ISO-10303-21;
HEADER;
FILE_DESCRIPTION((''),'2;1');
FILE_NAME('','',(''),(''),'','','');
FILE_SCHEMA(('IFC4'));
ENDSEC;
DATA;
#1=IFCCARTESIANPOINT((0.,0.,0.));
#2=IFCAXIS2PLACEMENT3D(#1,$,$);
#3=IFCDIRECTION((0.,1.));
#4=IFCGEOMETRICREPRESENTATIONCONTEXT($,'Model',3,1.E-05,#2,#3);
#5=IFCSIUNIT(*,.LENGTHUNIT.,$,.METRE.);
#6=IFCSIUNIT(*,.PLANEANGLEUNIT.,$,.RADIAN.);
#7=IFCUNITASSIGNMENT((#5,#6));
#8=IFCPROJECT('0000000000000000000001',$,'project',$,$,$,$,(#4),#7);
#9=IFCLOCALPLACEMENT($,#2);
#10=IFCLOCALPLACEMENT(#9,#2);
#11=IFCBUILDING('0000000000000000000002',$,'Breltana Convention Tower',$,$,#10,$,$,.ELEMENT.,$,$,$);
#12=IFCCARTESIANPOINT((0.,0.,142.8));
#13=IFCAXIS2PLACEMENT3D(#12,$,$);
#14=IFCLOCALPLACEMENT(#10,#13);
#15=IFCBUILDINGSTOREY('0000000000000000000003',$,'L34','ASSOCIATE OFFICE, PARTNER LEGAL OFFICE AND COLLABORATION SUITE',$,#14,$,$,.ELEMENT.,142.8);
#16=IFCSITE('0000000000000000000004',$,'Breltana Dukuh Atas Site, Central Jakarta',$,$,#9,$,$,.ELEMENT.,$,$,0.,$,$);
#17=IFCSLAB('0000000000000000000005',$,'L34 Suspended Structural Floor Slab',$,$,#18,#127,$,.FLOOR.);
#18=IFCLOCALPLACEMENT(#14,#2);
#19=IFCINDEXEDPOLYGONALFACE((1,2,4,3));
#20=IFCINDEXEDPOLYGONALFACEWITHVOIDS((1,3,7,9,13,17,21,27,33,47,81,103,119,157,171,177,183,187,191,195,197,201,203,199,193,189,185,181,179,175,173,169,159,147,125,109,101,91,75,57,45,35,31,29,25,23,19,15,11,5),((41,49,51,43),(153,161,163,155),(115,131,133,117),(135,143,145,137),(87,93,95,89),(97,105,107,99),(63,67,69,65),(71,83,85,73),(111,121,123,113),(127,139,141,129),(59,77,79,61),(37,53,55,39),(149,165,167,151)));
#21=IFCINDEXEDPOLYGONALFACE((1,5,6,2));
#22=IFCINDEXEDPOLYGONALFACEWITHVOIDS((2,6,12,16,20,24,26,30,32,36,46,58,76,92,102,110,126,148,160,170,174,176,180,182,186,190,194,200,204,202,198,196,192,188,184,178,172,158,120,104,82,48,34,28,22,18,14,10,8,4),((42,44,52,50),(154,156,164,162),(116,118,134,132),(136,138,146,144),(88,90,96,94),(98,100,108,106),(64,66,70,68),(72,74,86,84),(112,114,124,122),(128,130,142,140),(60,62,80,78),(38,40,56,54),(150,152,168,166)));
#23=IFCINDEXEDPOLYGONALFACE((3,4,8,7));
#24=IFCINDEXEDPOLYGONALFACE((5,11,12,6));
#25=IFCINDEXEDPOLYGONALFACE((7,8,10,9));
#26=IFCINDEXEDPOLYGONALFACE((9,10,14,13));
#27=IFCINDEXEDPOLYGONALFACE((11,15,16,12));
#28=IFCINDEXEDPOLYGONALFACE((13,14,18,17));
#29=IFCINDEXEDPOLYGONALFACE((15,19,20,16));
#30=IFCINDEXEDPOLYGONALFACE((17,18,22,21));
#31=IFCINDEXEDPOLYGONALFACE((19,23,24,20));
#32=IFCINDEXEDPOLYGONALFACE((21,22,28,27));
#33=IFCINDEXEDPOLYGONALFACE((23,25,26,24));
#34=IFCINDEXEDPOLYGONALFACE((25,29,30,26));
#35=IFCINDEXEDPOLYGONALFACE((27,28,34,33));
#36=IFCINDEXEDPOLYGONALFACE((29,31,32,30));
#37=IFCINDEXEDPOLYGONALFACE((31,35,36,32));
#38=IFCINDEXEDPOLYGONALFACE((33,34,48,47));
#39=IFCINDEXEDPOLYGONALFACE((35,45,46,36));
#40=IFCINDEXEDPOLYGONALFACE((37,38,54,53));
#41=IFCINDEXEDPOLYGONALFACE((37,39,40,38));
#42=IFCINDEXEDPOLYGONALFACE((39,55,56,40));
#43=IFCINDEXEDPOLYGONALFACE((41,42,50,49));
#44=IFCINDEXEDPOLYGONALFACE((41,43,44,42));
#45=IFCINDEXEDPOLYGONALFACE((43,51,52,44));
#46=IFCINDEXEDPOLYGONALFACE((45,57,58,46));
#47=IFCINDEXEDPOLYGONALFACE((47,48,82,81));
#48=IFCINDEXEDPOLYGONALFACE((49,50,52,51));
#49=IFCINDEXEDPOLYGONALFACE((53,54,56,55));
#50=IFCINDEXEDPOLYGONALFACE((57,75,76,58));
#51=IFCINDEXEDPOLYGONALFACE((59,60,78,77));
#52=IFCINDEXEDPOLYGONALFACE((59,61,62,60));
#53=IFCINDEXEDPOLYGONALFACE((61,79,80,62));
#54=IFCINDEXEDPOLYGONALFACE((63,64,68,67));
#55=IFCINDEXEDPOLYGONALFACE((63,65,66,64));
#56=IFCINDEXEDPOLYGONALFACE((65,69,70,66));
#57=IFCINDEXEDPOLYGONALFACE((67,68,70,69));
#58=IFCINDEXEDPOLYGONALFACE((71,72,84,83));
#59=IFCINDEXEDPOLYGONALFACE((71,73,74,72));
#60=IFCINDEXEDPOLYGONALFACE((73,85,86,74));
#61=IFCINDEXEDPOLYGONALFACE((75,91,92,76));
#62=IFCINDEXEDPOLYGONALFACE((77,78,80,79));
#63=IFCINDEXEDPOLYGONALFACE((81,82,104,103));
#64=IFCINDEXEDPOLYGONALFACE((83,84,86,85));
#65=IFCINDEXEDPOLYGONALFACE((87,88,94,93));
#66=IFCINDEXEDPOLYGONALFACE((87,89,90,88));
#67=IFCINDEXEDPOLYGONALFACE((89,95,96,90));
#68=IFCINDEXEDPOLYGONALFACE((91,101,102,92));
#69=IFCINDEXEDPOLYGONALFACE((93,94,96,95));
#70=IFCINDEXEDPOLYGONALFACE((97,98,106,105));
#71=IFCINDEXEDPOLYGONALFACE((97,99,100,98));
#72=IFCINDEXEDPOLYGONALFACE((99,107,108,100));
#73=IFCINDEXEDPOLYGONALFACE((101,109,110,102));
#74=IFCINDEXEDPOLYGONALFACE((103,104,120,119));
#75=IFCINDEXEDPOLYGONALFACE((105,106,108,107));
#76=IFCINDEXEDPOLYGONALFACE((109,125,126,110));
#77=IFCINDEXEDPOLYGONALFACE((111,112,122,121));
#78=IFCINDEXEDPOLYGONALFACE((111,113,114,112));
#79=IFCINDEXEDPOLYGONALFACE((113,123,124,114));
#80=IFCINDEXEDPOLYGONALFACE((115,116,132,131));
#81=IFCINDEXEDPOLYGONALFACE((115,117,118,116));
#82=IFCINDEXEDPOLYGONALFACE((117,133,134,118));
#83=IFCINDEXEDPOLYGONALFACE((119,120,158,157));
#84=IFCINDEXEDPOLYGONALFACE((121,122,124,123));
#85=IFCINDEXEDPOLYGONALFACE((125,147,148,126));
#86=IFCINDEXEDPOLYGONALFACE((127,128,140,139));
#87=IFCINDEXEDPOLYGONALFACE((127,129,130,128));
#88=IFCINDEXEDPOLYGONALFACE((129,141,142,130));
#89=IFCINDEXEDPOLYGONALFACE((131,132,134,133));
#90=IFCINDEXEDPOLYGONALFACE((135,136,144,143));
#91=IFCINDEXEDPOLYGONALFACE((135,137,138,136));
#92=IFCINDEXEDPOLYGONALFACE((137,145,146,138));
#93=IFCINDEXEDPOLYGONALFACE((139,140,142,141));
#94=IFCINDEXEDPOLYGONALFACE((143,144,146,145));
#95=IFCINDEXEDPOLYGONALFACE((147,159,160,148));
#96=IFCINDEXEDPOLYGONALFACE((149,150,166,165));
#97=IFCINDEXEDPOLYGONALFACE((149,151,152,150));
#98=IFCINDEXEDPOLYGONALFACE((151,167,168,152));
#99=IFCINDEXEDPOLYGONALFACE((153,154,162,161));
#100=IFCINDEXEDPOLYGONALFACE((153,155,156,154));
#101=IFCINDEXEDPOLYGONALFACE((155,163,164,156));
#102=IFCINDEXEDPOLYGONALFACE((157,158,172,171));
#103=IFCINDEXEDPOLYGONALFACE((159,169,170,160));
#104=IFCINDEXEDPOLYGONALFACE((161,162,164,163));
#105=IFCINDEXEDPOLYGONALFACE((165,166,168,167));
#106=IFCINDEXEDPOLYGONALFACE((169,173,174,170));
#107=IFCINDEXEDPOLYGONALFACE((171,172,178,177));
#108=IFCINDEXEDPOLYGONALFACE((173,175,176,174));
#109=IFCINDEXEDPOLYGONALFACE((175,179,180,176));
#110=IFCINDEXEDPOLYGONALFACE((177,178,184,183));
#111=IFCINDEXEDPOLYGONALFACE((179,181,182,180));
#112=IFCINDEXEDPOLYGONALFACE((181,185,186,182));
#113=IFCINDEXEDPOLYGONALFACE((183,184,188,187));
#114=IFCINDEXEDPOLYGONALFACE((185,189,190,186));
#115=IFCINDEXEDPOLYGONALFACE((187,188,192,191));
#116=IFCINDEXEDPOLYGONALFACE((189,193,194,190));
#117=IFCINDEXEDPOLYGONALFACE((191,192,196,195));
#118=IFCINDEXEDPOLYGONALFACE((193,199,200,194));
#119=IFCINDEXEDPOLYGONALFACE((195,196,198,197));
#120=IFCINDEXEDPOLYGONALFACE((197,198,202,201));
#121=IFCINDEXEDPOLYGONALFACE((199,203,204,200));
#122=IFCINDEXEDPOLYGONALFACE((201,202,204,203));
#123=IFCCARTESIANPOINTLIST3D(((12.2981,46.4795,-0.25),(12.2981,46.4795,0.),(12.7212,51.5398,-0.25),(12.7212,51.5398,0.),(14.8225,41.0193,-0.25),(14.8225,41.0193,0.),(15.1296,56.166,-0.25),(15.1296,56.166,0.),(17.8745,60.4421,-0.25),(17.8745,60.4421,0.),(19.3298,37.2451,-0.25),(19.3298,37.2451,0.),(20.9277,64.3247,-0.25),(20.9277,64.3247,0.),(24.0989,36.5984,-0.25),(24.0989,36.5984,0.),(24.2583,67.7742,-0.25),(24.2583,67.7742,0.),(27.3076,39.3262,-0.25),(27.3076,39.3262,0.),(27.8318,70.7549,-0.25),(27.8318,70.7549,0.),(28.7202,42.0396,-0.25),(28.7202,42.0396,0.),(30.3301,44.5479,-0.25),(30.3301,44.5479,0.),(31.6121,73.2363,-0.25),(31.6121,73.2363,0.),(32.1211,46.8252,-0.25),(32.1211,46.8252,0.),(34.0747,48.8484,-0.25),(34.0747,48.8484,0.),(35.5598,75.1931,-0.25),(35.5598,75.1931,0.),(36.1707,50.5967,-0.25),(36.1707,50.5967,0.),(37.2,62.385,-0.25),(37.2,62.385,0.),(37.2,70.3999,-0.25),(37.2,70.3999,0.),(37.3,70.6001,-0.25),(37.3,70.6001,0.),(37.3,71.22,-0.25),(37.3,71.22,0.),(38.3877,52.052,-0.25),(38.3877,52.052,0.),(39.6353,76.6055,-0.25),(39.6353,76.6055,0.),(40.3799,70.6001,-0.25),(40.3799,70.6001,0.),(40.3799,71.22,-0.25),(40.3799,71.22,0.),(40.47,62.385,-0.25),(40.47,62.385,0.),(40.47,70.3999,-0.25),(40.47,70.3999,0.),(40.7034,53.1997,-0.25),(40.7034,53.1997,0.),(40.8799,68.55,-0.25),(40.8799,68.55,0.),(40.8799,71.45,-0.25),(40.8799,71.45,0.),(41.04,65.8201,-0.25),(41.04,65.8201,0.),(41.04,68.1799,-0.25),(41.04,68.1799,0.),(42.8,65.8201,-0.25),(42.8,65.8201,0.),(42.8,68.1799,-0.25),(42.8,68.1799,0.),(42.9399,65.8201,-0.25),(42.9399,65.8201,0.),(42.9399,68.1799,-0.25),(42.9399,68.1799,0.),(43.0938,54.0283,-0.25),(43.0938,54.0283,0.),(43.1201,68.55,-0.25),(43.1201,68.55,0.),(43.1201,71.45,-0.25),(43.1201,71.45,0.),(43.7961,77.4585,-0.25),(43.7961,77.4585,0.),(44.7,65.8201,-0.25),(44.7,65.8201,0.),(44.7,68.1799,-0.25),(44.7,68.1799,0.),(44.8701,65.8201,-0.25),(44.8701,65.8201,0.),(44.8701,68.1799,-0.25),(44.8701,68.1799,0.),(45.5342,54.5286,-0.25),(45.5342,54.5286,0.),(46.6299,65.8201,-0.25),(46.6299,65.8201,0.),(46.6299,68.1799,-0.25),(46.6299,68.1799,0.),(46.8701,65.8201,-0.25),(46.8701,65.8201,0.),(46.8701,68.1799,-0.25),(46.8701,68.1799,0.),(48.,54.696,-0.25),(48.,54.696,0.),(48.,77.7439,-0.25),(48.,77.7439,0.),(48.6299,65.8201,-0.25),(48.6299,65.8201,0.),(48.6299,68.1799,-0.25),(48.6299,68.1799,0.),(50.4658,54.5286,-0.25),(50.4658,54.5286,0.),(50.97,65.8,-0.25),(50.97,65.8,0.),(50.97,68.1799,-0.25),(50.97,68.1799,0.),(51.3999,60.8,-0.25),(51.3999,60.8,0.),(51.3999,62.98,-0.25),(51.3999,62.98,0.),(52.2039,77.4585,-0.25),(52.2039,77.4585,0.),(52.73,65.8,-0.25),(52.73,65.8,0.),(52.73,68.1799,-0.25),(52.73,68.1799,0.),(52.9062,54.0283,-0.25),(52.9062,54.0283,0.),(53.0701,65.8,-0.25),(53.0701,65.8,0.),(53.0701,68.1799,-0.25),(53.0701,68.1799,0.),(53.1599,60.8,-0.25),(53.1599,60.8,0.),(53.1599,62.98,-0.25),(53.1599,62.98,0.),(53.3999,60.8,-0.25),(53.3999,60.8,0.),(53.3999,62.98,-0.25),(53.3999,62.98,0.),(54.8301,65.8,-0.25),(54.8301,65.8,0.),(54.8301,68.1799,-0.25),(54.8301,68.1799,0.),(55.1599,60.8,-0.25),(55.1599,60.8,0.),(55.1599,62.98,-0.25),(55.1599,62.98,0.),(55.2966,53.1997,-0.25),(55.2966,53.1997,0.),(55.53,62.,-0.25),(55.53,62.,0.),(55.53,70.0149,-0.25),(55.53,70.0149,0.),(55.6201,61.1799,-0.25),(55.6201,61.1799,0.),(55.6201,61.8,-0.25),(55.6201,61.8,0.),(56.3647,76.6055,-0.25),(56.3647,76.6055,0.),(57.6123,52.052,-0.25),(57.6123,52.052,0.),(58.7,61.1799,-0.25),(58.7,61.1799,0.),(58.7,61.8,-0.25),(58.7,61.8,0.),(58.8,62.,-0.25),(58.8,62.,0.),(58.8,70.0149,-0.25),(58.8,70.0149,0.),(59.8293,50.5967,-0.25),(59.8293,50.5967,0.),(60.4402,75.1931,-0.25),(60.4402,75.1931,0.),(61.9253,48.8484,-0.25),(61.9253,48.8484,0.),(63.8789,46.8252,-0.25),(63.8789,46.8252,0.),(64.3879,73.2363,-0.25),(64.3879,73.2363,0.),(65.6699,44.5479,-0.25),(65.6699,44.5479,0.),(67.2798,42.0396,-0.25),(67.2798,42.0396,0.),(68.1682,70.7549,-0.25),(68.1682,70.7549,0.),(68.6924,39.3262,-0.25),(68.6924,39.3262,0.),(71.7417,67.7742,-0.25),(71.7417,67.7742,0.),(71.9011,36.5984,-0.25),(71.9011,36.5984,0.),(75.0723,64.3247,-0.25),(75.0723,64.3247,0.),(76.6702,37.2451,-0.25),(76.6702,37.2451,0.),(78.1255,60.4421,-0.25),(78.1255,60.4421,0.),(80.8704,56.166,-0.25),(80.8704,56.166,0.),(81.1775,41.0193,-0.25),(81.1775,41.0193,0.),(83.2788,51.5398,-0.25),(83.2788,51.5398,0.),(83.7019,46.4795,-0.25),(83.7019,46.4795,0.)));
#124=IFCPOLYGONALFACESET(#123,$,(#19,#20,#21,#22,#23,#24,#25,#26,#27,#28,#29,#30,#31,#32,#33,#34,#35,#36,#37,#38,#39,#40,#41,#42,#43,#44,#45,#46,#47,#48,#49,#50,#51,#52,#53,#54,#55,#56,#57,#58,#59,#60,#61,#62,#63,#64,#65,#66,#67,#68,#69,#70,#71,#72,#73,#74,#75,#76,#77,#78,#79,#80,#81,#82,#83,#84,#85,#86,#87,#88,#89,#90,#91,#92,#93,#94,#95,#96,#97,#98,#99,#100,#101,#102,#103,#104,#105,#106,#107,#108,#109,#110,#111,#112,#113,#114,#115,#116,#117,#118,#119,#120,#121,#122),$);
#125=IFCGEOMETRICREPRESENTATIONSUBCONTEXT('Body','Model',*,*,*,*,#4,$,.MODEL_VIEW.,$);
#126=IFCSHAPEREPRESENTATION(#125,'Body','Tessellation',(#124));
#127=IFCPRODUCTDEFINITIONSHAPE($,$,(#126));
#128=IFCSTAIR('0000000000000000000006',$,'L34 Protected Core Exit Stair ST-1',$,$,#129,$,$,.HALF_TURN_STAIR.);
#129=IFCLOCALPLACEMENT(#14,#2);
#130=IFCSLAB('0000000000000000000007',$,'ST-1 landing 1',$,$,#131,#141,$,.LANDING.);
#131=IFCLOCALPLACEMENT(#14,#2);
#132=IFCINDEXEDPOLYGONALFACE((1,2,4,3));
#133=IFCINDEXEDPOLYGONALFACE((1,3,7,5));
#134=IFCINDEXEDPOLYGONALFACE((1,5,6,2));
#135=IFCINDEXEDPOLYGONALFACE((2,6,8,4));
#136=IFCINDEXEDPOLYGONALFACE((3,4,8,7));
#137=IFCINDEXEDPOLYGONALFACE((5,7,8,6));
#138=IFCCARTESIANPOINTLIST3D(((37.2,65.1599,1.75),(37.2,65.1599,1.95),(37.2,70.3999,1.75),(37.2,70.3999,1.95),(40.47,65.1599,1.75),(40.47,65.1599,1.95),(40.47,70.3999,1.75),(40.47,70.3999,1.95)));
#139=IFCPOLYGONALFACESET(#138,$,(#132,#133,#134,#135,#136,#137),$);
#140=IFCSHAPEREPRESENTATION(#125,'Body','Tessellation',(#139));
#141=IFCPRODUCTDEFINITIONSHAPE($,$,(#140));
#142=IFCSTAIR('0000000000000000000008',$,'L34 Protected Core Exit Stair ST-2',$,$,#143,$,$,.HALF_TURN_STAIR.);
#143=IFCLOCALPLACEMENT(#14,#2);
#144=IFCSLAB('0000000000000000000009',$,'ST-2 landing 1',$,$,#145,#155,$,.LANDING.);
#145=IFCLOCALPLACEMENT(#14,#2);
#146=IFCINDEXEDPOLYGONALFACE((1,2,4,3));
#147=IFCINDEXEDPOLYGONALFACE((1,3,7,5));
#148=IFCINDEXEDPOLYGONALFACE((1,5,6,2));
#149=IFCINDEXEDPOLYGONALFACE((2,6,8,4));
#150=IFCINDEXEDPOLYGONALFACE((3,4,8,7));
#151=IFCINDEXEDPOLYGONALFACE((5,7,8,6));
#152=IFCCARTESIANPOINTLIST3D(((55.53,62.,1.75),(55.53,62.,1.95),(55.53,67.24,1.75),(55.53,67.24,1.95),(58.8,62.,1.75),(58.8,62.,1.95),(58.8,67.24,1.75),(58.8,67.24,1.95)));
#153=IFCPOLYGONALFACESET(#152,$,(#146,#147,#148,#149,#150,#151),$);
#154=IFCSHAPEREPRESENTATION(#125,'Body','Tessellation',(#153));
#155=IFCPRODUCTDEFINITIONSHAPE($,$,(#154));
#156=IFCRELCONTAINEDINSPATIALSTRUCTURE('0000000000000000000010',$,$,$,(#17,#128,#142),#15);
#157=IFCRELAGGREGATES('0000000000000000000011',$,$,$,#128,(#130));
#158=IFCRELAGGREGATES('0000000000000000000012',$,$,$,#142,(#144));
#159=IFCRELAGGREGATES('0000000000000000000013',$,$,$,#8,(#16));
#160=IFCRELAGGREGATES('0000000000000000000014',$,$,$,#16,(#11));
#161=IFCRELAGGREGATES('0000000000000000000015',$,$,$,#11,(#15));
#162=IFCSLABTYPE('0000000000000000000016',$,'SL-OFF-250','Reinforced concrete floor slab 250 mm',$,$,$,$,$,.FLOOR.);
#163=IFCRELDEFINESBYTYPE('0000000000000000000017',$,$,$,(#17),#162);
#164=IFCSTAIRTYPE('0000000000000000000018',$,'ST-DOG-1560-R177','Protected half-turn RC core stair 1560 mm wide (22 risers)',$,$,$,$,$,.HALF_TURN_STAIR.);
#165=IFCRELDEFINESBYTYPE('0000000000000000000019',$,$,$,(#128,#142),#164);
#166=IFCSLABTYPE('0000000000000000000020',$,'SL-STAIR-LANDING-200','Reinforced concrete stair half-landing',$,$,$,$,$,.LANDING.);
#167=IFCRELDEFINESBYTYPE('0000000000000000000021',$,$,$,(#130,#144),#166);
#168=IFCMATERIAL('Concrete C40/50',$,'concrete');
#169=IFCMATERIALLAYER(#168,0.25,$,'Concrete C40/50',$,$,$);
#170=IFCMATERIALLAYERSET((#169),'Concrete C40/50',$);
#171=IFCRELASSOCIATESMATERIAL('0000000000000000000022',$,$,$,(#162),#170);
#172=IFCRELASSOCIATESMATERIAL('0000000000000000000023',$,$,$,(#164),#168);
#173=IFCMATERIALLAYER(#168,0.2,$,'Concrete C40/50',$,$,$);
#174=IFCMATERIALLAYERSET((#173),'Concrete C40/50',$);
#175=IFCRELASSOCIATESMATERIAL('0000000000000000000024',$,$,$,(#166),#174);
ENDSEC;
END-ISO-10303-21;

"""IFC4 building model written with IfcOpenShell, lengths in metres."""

from ifc_helpers import new_model, si_unit, direction, frame, origin, place, context, subcontext, project, spatial, polyline, outline, extrude, material, layer, layer_set, type_object, element, aggregate, save


model = new_model("IFC4")

# Units and contexts
model_context = context("Model", 3, precision=1e-05, world=origin(), true_north=direction((0.0, 1.0)))
body_context = subcontext(model_context, "Body", "Model", "MODEL_VIEW")
ifc_project = project(units=[si_unit("LENGTHUNIT", "METRE"), si_unit("PLANEANGLEUNIT", "RADIAN")], contexts=[model_context])

# Site, building, storey
site_placement = place(None, origin())
site = spatial("IfcSite", under=ifc_project, at=site_placement, Name="Breltana Dukuh Atas Site, Central Jakarta", CompositionType="ELEMENT", RefElevation=0.0)
building_placement = place(site_placement, origin())
building = spatial("IfcBuilding", under=site, at=building_placement, Name="Breltana Convention Tower", CompositionType="ELEMENT")
storey_placement = place(building_placement, frame((0.0, 0.0, 142.8)))
storey = spatial("IfcBuildingStorey", under=building, at=storey_placement, Name="L34", Description="ASSOCIATE OFFICE, PARTNER LEGAL OFFICE AND COLLABORATION SUITE", CompositionType="ELEMENT", Elevation=142.8)

# Slab
ifc_material_1 = material(Name="Concrete C40/50", Category="concrete")
ifc_layer_1 = layer(ifc_material_1, 0.25, Name="Concrete C40/50")
ifc_layer_set_1 = layer_set([ifc_layer_1], Name="Concrete C40/50")
slab_type_1 = type_object("IfcSlabType", Name="SL-OFF-250", Description="Reinforced concrete floor slab 250 mm", PredefinedType="FLOOR", material=ifc_layer_set_1)
slab_1_placement = place(storey_placement, frame((0.0, 0.0, -0.25)))
element("IfcSlab", 1, at=slab_1_placement, inside=storey, type_object=slab_type_1, Name="L34 Suspended Structural Floor Slab", PredefinedType="FLOOR", context=body_context, shape_type="SweptSolid", body=[
    extrude(outline(polyline([(83.2788, 51.5398), (80.8704, 56.166), (78.1255, 60.4421), (75.0723, 64.3247), (71.7417, 67.7742), (68.1682, 70.7549), (64.3879, 73.2363), (60.4402, 75.1931), (56.3647, 76.6055), (52.2039, 77.4585), (48.0, 77.7439), (43.7961, 77.4585), (39.6353, 76.6055), (35.5598, 75.1931), (31.6121, 73.2363), (27.8318, 70.7549), (24.2583, 67.7742), (20.9277, 64.3247), (17.8745, 60.4421), (15.1296, 56.166), (12.7212, 51.5398), (12.2981, 46.4795), (14.8225, 41.0193), (19.3298, 37.2451), (24.0989, 36.5984), (27.3076, 39.3262), (28.7202, 42.0396), (30.3301, 44.5479), (32.1211, 46.8252), (34.0747, 48.8484), (36.1707, 50.5967), (38.3877, 52.052), (40.7034, 53.1997), (43.0938, 54.0283), (45.5342, 54.5286), (48.0, 54.696), (50.4658, 54.5286), (52.9062, 54.0283), (55.2966, 53.1997), (57.6123, 52.052), (59.8293, 50.5967), (61.9253, 48.8484), (63.8789, 46.8252), (65.6699, 44.5479), (67.2798, 42.0396), (68.6924, 39.3262), (71.9011, 36.5984), (76.6702, 37.2451), (81.1775, 41.0193), (83.7019, 46.4795), (83.2788, 51.5398)]), holes=[polyline([(37.2, 62.385), (40.47, 62.385), (40.47, 70.3999), (37.2, 70.3999), (37.2, 62.385)]), polyline([(55.53, 62.0), (58.8, 62.0), (58.8, 70.0149), (55.53, 70.0149), (55.53, 62.0)]), polyline([(51.3999, 60.8), (53.1599, 60.8), (53.1599, 62.98), (51.3999, 62.98), (51.3999, 60.8)]), polyline([(53.3999, 60.8), (55.1599, 60.8), (55.1599, 62.98), (53.3999, 62.98), (53.3999, 60.8)]), polyline([(41.04, 65.8201), (42.8, 65.8201), (42.8, 68.1799), (41.04, 68.1799), (41.04, 65.8201)]), polyline([(42.9399, 65.8201), (44.7, 65.8201), (44.7, 68.1799), (42.9399, 68.1799), (42.9399, 65.8201)]), polyline([(44.8701, 65.8201), (46.6299, 65.8201), (46.6299, 68.1799), (44.8701, 68.1799), (44.8701, 65.8201)]), polyline([(46.8701, 65.8201), (48.6299, 65.8201), (48.6299, 68.1799), (46.8701, 68.1799), (46.8701, 65.8201)]), polyline([(50.97, 65.8), (52.73, 65.8), (52.73, 68.1799), (50.97, 68.1799), (50.97, 65.8)]), polyline([(53.0701, 65.8), (54.8301, 65.8), (54.8301, 68.1799), (53.0701, 68.1799), (53.0701, 65.8)]), polyline([(40.8799, 68.55), (43.1201, 68.55), (43.1201, 71.45), (40.8799, 71.45), (40.8799, 68.55)]), polyline([(37.3, 70.6001), (40.3799, 70.6001), (40.3799, 71.22), (37.3, 71.22), (37.3, 70.6001)]), polyline([(55.6201, 61.1799), (58.7, 61.1799), (58.7, 61.8), (55.6201, 61.8), (55.6201, 61.1799)])]), origin(), (0.0, 0.0, 1.0), 0.25),
])

# Stairs, slabs
stair_type = type_object("IfcStairType", Name="ST-DOG-1560-R177", Description="Protected half-turn RC core stair 1560 mm wide (22 risers)", PredefinedType="HALF_TURN_STAIR", material=ifc_material_1)
stair_1_placement = place(storey_placement, origin())
stair_1 = element("IfcStair", 2, at=stair_1_placement, inside=storey, type_object=stair_type, Name="L34 Protected Core Exit Stair ST-1", PredefinedType="HALF_TURN_STAIR")
ifc_layer_2 = layer(ifc_material_1, 0.2, Name="Concrete C40/50")
ifc_layer_set_2 = layer_set([ifc_layer_2], Name="Concrete C40/50")
slab_type_2 = type_object("IfcSlabType", Name="SL-STAIR-LANDING-200", Description="Reinforced concrete stair half-landing", PredefinedType="LANDING", material=ifc_layer_set_2)
slab_2_placement = place(storey_placement, frame((0.0, 0.0, 1.75)))
slab_2 = element("IfcSlab", 3, at=slab_2_placement, type_object=slab_type_2, Name="ST-1 landing 1", PredefinedType="LANDING", context=body_context, shape_type="SweptSolid", body=[
    extrude(outline(polyline([(40.47, 65.1599), (40.47, 70.3999), (37.2, 70.3999), (37.2, 65.1599), (40.47, 65.1599)])), origin(), (0.0, 0.0, 1.0), 0.2),
])
aggregate(stair_1, [slab_2])
stair_2_placement = place(storey_placement, origin())
stair_2 = element("IfcStair", 4, at=stair_2_placement, inside=storey, type_object=stair_type, Name="L34 Protected Core Exit Stair ST-2", PredefinedType="HALF_TURN_STAIR")
slab_3_placement = place(storey_placement, frame((0.0, 0.0, 1.75)))
slab_3 = element("IfcSlab", 5, at=slab_3_placement, type_object=slab_type_2, Name="ST-2 landing 1", PredefinedType="LANDING", context=body_context, shape_type="SweptSolid", body=[
    extrude(outline(polyline([(55.53, 67.24), (55.53, 62.0), (58.8, 62.0), (58.8, 67.24), (55.53, 67.24)])), origin(), (0.0, 0.0, 1.0), 0.2),
])
aggregate(stair_2, [slab_3])

save(model, "model.ifc")
